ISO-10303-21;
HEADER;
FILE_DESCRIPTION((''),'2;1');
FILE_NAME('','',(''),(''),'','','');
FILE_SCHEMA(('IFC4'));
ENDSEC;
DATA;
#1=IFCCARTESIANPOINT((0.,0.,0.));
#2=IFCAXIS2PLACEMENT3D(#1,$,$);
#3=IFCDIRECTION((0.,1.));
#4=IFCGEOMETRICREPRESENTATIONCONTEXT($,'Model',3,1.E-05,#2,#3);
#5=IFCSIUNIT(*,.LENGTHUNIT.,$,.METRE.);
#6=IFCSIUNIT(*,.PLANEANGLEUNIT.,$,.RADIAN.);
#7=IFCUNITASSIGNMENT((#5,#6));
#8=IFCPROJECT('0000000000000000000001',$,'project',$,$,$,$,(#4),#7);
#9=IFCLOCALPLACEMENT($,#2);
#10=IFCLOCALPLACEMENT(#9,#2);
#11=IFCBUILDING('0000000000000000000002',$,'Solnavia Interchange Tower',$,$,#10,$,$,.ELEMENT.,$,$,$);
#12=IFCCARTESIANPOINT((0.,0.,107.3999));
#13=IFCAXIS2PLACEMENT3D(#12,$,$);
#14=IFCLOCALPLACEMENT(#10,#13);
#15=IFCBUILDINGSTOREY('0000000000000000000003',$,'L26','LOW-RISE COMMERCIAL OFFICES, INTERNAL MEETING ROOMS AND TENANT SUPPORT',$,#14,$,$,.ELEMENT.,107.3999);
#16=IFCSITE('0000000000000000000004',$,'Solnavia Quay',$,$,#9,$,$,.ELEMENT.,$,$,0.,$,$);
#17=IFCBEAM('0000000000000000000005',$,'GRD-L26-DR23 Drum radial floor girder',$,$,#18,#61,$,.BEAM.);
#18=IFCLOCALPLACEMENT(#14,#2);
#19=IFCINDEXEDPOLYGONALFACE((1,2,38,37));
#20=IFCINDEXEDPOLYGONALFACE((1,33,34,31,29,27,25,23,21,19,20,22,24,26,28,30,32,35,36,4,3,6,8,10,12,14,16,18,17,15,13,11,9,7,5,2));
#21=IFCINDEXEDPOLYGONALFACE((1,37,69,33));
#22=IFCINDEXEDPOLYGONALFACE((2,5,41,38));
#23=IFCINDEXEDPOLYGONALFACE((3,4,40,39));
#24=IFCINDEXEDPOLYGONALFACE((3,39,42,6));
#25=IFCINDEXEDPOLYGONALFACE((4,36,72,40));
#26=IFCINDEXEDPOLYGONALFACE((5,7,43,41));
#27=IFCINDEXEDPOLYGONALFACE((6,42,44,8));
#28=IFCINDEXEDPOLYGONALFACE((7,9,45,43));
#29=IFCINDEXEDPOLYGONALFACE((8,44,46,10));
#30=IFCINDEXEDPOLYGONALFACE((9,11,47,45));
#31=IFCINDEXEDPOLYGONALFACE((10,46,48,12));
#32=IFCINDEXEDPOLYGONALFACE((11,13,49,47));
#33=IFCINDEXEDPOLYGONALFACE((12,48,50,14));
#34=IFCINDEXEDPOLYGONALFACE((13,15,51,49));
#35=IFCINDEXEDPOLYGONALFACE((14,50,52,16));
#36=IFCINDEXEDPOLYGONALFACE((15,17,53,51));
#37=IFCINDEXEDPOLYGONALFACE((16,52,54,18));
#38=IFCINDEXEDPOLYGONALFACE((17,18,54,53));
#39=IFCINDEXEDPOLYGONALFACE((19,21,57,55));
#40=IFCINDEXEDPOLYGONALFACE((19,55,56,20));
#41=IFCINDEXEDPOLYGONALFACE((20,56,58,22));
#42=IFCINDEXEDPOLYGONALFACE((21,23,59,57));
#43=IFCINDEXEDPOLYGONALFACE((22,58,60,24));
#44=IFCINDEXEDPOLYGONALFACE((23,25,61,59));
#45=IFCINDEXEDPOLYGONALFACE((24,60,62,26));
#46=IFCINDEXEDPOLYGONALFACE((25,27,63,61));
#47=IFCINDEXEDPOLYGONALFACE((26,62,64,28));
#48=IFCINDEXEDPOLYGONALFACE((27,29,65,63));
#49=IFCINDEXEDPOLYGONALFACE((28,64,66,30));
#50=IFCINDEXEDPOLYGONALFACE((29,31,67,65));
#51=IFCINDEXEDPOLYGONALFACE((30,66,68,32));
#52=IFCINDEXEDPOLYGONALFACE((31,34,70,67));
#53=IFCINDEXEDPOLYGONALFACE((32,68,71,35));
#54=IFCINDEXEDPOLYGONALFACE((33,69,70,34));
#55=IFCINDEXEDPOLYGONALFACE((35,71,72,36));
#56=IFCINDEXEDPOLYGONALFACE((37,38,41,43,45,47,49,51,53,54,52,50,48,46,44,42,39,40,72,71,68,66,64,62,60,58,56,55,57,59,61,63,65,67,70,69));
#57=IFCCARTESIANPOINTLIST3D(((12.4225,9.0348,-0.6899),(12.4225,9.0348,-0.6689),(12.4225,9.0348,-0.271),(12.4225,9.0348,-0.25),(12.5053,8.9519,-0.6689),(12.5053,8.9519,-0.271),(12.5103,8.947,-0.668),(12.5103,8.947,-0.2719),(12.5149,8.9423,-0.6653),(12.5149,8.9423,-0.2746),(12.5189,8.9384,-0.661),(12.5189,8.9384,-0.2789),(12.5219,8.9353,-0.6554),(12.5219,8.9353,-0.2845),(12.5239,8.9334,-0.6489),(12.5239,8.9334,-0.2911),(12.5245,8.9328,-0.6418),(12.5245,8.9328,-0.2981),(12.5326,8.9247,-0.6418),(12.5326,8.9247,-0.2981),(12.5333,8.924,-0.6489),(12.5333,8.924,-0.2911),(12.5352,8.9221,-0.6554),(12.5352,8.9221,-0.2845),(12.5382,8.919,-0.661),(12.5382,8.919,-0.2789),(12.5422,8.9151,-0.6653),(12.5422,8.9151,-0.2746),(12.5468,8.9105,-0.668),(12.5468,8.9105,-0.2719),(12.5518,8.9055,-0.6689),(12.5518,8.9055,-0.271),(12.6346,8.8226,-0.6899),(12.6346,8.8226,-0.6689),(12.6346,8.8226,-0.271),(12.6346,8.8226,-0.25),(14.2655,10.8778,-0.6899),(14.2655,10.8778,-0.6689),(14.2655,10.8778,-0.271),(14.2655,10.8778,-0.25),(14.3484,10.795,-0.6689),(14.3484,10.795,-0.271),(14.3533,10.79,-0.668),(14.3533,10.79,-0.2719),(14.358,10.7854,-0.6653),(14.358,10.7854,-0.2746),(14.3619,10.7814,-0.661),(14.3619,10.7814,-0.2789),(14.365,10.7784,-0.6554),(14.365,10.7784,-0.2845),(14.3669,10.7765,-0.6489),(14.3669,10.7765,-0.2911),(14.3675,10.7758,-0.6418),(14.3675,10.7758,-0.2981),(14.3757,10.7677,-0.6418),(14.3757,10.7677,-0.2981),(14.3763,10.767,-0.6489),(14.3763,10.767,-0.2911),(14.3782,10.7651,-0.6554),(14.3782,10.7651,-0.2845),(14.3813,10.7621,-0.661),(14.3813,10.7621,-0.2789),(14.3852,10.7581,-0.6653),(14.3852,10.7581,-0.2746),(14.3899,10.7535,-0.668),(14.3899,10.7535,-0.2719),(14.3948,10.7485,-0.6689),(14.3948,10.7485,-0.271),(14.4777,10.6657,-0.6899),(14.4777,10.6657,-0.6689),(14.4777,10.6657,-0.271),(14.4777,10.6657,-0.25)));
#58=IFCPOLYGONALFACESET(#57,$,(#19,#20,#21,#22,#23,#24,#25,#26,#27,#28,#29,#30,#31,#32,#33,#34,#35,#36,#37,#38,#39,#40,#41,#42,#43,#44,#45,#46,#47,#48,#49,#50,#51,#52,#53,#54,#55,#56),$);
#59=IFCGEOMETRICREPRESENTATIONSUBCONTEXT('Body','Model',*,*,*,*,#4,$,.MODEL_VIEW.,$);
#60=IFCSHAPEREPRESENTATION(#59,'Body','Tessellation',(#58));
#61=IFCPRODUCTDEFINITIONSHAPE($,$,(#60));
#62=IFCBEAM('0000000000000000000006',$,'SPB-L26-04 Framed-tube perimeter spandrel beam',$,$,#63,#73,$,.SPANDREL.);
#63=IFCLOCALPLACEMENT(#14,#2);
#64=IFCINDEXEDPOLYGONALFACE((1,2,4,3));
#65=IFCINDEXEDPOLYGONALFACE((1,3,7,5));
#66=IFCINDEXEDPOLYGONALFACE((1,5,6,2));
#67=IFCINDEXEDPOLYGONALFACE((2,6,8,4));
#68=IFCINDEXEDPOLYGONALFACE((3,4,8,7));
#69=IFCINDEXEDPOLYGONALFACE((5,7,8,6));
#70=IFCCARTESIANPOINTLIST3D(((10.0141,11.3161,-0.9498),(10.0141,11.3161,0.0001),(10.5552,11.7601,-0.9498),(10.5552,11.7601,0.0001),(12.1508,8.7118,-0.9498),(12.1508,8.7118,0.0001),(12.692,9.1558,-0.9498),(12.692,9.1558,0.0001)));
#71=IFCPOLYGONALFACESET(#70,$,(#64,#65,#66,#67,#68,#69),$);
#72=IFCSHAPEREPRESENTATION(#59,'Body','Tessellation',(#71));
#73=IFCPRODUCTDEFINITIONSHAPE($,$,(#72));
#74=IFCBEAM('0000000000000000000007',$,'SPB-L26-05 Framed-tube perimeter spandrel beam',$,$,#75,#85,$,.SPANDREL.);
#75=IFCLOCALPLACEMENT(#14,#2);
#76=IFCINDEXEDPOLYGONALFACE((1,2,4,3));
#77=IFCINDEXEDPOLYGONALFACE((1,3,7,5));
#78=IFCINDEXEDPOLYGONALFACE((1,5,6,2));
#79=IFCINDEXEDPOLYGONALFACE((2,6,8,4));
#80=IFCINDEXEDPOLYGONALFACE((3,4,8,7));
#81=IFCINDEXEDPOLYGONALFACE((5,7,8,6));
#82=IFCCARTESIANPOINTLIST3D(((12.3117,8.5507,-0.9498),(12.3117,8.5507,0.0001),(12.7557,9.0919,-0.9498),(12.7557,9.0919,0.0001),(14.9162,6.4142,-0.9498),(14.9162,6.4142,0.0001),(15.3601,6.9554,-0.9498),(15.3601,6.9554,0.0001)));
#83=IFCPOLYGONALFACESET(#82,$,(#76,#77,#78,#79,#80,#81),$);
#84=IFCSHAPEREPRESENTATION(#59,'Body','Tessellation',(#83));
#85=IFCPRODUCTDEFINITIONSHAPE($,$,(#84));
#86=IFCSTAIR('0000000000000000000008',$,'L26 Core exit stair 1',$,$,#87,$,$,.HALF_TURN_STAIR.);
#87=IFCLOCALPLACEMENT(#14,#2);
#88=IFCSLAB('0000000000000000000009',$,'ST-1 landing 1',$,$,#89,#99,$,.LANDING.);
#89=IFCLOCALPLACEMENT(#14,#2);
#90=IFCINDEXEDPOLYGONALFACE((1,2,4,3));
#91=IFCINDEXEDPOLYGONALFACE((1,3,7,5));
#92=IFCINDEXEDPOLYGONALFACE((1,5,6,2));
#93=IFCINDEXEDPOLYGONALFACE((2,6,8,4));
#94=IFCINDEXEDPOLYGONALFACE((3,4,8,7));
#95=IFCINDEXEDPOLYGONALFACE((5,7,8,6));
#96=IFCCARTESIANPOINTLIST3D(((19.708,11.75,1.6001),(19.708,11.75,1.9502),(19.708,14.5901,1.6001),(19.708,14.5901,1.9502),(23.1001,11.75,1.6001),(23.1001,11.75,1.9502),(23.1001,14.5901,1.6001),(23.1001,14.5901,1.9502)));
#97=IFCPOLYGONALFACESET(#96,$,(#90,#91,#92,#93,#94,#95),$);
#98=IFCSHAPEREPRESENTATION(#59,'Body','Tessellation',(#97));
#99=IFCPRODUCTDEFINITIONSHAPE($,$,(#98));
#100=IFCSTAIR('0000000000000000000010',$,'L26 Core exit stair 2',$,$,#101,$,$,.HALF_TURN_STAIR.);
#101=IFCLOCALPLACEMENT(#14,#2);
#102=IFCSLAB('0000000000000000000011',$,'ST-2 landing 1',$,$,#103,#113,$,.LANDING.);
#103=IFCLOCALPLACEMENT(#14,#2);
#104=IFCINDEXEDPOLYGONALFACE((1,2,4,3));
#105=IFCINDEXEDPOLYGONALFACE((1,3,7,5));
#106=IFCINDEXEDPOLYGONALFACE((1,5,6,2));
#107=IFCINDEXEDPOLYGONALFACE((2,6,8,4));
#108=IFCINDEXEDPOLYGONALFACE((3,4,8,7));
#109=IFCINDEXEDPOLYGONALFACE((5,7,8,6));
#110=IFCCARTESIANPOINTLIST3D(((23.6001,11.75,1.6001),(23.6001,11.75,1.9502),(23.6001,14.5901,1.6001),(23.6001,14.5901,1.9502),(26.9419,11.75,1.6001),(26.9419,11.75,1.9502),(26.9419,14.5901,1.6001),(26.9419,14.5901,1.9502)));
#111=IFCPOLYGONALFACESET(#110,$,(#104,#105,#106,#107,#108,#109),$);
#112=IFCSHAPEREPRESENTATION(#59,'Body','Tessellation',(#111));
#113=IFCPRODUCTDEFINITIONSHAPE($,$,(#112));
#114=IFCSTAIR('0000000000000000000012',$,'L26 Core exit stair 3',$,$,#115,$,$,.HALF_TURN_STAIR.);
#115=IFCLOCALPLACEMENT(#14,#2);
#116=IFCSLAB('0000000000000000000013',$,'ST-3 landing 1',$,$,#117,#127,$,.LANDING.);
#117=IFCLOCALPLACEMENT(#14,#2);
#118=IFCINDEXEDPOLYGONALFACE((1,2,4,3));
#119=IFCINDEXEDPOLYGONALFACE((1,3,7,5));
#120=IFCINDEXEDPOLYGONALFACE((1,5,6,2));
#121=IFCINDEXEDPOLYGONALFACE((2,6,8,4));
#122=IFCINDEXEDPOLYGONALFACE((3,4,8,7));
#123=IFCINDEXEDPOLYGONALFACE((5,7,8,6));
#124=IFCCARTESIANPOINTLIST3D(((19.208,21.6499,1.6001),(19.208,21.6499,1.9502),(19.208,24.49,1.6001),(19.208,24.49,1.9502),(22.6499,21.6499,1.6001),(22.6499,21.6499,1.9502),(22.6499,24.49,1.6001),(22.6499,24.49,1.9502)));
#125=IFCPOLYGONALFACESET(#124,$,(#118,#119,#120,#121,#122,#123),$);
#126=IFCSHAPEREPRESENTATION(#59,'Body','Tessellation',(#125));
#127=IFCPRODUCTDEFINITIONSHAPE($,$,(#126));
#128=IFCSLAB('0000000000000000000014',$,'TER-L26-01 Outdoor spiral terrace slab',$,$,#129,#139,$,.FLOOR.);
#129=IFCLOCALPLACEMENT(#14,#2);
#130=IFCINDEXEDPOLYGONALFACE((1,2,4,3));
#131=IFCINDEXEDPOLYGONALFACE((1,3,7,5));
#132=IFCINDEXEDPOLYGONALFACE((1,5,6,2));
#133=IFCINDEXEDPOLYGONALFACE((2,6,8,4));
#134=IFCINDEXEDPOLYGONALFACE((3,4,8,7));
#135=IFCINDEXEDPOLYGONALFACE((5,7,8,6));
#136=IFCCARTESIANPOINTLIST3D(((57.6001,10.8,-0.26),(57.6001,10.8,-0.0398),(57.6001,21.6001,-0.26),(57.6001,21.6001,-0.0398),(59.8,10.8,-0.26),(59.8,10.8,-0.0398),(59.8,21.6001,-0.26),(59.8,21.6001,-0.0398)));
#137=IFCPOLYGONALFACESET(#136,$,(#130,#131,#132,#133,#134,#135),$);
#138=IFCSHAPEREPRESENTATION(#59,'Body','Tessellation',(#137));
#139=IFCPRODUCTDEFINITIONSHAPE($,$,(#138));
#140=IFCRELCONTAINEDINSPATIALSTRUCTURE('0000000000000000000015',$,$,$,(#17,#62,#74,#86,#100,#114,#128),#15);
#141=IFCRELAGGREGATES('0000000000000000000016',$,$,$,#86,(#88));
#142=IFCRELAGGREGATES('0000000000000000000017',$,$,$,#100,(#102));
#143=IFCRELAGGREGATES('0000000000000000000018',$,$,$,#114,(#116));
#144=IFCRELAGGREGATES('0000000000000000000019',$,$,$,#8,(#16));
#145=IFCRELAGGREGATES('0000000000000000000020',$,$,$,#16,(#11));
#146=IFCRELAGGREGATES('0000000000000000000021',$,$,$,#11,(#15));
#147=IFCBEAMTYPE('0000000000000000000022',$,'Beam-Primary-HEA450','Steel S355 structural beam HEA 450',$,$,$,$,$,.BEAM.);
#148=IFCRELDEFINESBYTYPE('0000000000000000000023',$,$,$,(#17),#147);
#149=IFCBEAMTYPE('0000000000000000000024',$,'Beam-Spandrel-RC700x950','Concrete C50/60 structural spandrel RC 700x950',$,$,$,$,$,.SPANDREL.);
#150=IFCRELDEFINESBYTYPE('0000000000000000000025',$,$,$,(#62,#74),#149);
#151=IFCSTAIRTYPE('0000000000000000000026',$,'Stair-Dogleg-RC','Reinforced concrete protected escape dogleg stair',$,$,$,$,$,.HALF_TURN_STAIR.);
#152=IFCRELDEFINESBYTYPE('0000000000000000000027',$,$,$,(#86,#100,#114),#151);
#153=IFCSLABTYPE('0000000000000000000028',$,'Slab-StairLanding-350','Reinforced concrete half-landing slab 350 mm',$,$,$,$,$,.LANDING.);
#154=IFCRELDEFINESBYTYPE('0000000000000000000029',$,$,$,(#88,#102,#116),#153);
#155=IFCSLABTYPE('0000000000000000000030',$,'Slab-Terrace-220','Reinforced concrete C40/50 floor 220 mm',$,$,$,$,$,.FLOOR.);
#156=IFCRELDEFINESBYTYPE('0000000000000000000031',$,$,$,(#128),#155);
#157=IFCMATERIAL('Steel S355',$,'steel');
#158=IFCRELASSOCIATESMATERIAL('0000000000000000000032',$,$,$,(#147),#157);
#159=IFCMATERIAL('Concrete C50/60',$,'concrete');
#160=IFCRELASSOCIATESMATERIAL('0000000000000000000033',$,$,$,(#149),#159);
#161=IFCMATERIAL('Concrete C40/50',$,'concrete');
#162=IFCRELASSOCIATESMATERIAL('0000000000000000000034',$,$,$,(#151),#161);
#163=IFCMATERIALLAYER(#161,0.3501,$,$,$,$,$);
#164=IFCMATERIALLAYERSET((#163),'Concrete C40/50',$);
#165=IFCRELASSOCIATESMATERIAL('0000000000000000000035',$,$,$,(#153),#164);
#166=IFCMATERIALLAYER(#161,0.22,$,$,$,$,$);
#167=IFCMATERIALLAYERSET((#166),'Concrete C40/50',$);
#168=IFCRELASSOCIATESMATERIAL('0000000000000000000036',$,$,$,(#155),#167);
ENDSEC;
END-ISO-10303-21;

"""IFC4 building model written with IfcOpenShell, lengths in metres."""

from ifc_helpers import new_model, si_unit, direction, frame, origin, origin_2d, place, context, subcontext, project, spatial, polyline, rectangle, i_section, outline, extrude, material, layer, layer_set, material_profile, profile_set, type_object, element, aggregate, save


model = new_model("IFC4")

# Units and contexts
model_context = context("Model", 3, precision=1e-05, world=origin(), true_north=direction((0.0, 1.0)))
body_context = subcontext(model_context, "Body", "Model", "MODEL_VIEW")
ifc_project = project(units=[si_unit("LENGTHUNIT", "METRE"), si_unit("PLANEANGLEUNIT", "RADIAN")], contexts=[model_context])

# Site, building, storey
site_placement = place(None, origin())
site = spatial("IfcSite", under=ifc_project, at=site_placement, Name="Solnavia Quay", CompositionType="ELEMENT", RefElevation=0.0)
building_placement = place(site_placement, origin())
building = spatial("IfcBuilding", under=site, at=building_placement, Name="Solnavia Interchange Tower", CompositionType="ELEMENT")
storey_placement = place(building_placement, frame((0.0, 0.0, 107.3999)))
storey = spatial("IfcBuildingStorey", under=building, at=storey_placement, Name="L26", Description="LOW-RISE COMMERCIAL OFFICES, INTERNAL MEETING ROOMS AND TENANT SUPPORT", CompositionType="ELEMENT", Elevation=107.3999)

# Shared definitions
ifc_material_1 = material(Name="Steel S355", Category="steel")

# Beams
ifc_material_profile_1 = material_profile(ifc_material_1, i_section(OverallWidth=0.3, OverallDepth=0.4399, WebThickness=0.0115, FlangeThickness=0.021, FilletRadius=0.0271, at=origin_2d()), Name="HEA 450")
ifc_profile_set_1 = profile_set([ifc_material_profile_1], Name="Steel S355")
beam_type_1 = type_object("IfcBeamType", Name="Beam-Primary-HEA450", Description="Steel S355 structural beam HEA 450", PredefinedType="BEAM", material=ifc_profile_set_1)
beam_1_placement = place(storey_placement, frame((12.5286, 8.9287, -0.47), z_axis=(0.707107, 0.707107, 0.0), x_axis=(-0.707107, 0.707107, 0.0)))
element("IfcBeam", 1, at=beam_1_placement, inside=storey, type_object=beam_type_1, Name="GRD-L26-DR23 Drum radial floor girder", PredefinedType="BEAM", context=body_context, shape_type="SweptSolid", body=[
    extrude(i_section(OverallWidth=0.3, OverallDepth=0.4399, WebThickness=0.0115, FlangeThickness=0.021, FilletRadius=0.0271, at=origin_2d()), origin(), (0.0, 0.0, 1.0), 2.6064),
])
ifc_material_2 = material(Name="Concrete C50/60", Category="concrete")
ifc_material_profile_2 = material_profile(ifc_material_2, rectangle(XDim=0.7, YDim=0.95, at=origin_2d()), Name="RC 700x950")
ifc_profile_set_2 = profile_set([ifc_material_profile_2], Name="Concrete C50/60")
beam_type_2 = type_object("IfcBeamType", Name="Beam-Spandrel-RC700x950", Description="Concrete C50/60 structural spandrel RC 700x950", PredefinedType="SPANDREL", material=ifc_profile_set_2)
for number, where, z_axis, x_axis, name in (
    (2, (10.2847, 11.5381, -0.4749), (0.634299, -0.773088, 0.0), (0.773088, 0.634299, 0.0), "SPB-L26-04 Framed-tube perimeter spandrel beam"),
    (3, (12.5337, 8.8213, -0.4749), (0.773153, -0.63422, 0.0), (0.63422, 0.773153, 0.0), "SPB-L26-05 Framed-tube perimeter spandrel beam"),
):
    element("IfcBeam", number, at=place(storey_placement, frame(where, z_axis=z_axis, x_axis=x_axis)), inside=storey, type_object=beam_type_2, Name=name, PredefinedType="SPANDREL", context=body_context, shape_type="SweptSolid", body=[
        extrude(rectangle(XDim=0.7, YDim=0.95, at=origin_2d()), origin(), (0.0, 0.0, 1.0), 3.3687),
    ])

# Stairs, slabs
ifc_material_3 = material(Name="Concrete C40/50", Category="concrete")
stair_type = type_object("IfcStairType", Name="Stair-Dogleg-RC", Description="Reinforced concrete protected escape dogleg stair", PredefinedType="HALF_TURN_STAIR", material=ifc_material_3)
stair_1_placement = place(storey_placement, origin())
stair_1 = element("IfcStair", 4, at=stair_1_placement, inside=storey, type_object=stair_type, Name="L26 Core exit stair 1", PredefinedType="HALF_TURN_STAIR")
ifc_layer_1 = layer(ifc_material_3, 0.3501)
ifc_layer_set_1 = layer_set([ifc_layer_1], Name="Concrete C40/50")
slab_type_1 = type_object("IfcSlabType", Name="Slab-StairLanding-350", Description="Reinforced concrete half-landing slab 350 mm", PredefinedType="LANDING", material=ifc_layer_set_1)
slab_1_placement = place(storey_placement, frame((0.0, 0.0, 1.6001)))
slab_1 = element("IfcSlab", 5, at=slab_1_placement, type_object=slab_type_1, Name="ST-1 landing 1", PredefinedType="LANDING", context=body_context, shape_type="SweptSolid", body=[
    extrude(outline(polyline([(19.708, 11.75), (23.1001, 11.75), (23.1001, 14.5901), (19.708, 14.5901), (19.708, 11.75)])), origin(), (0.0, 0.0, 1.0), 0.3501),
])
aggregate(stair_1, [slab_1])
stair_2_placement = place(storey_placement, origin())
stair_2 = element("IfcStair", 6, at=stair_2_placement, inside=storey, type_object=stair_type, Name="L26 Core exit stair 2", PredefinedType="HALF_TURN_STAIR")
slab_2_placement = place(storey_placement, frame((0.0, 0.0, 1.6001)))
slab_2 = element("IfcSlab", 7, at=slab_2_placement, type_object=slab_type_1, Name="ST-2 landing 1", PredefinedType="LANDING", context=body_context, shape_type="SweptSolid", body=[
    extrude(outline(polyline([(23.6001, 11.75), (26.9419, 11.75), (26.9419, 14.5901), (23.6001, 14.5901), (23.6001, 11.75)])), origin(), (0.0, 0.0, 1.0), 0.3501),
])
aggregate(stair_2, [slab_2])
stair_3_placement = place(storey_placement, origin())
stair_3 = element("IfcStair", 8, at=stair_3_placement, inside=storey, type_object=stair_type, Name="L26 Core exit stair 3", PredefinedType="HALF_TURN_STAIR")
slab_3_placement = place(storey_placement, frame((0.0, 0.0, 1.6001)))
slab_3 = element("IfcSlab", 9, at=slab_3_placement, type_object=slab_type_1, Name="ST-3 landing 1", PredefinedType="LANDING", context=body_context, shape_type="SweptSolid", body=[
    extrude(outline(polyline([(19.208, 21.6499), (22.6499, 21.6499), (22.6499, 24.49), (19.208, 24.49), (19.208, 21.6499)])), origin(), (0.0, 0.0, 1.0), 0.3501),
])
aggregate(stair_3, [slab_3])

# Slab
ifc_layer_2 = layer(ifc_material_3, 0.22)
ifc_layer_set_2 = layer_set([ifc_layer_2], Name="Concrete C40/50")
slab_type_2 = type_object("IfcSlabType", Name="Slab-Terrace-220", Description="Reinforced concrete C40/50 floor 220 mm", PredefinedType="FLOOR", material=ifc_layer_set_2)
slab_4_placement = place(storey_placement, frame((0.0, 0.0, -0.26)))
element("IfcSlab", 10, at=slab_4_placement, inside=storey, type_object=slab_type_2, Name="TER-L26-01 Outdoor spiral terrace slab", PredefinedType="FLOOR", context=body_context, shape_type="SweptSolid", body=[
    extrude(outline(polyline([(57.6001, 10.8), (59.8, 10.8), (59.8, 21.6001), (57.6001, 21.6001), (57.6001, 10.8)])), origin(), (0.0, 0.0, 1.0), 0.2202),
])

save(model, "model.ifc")
